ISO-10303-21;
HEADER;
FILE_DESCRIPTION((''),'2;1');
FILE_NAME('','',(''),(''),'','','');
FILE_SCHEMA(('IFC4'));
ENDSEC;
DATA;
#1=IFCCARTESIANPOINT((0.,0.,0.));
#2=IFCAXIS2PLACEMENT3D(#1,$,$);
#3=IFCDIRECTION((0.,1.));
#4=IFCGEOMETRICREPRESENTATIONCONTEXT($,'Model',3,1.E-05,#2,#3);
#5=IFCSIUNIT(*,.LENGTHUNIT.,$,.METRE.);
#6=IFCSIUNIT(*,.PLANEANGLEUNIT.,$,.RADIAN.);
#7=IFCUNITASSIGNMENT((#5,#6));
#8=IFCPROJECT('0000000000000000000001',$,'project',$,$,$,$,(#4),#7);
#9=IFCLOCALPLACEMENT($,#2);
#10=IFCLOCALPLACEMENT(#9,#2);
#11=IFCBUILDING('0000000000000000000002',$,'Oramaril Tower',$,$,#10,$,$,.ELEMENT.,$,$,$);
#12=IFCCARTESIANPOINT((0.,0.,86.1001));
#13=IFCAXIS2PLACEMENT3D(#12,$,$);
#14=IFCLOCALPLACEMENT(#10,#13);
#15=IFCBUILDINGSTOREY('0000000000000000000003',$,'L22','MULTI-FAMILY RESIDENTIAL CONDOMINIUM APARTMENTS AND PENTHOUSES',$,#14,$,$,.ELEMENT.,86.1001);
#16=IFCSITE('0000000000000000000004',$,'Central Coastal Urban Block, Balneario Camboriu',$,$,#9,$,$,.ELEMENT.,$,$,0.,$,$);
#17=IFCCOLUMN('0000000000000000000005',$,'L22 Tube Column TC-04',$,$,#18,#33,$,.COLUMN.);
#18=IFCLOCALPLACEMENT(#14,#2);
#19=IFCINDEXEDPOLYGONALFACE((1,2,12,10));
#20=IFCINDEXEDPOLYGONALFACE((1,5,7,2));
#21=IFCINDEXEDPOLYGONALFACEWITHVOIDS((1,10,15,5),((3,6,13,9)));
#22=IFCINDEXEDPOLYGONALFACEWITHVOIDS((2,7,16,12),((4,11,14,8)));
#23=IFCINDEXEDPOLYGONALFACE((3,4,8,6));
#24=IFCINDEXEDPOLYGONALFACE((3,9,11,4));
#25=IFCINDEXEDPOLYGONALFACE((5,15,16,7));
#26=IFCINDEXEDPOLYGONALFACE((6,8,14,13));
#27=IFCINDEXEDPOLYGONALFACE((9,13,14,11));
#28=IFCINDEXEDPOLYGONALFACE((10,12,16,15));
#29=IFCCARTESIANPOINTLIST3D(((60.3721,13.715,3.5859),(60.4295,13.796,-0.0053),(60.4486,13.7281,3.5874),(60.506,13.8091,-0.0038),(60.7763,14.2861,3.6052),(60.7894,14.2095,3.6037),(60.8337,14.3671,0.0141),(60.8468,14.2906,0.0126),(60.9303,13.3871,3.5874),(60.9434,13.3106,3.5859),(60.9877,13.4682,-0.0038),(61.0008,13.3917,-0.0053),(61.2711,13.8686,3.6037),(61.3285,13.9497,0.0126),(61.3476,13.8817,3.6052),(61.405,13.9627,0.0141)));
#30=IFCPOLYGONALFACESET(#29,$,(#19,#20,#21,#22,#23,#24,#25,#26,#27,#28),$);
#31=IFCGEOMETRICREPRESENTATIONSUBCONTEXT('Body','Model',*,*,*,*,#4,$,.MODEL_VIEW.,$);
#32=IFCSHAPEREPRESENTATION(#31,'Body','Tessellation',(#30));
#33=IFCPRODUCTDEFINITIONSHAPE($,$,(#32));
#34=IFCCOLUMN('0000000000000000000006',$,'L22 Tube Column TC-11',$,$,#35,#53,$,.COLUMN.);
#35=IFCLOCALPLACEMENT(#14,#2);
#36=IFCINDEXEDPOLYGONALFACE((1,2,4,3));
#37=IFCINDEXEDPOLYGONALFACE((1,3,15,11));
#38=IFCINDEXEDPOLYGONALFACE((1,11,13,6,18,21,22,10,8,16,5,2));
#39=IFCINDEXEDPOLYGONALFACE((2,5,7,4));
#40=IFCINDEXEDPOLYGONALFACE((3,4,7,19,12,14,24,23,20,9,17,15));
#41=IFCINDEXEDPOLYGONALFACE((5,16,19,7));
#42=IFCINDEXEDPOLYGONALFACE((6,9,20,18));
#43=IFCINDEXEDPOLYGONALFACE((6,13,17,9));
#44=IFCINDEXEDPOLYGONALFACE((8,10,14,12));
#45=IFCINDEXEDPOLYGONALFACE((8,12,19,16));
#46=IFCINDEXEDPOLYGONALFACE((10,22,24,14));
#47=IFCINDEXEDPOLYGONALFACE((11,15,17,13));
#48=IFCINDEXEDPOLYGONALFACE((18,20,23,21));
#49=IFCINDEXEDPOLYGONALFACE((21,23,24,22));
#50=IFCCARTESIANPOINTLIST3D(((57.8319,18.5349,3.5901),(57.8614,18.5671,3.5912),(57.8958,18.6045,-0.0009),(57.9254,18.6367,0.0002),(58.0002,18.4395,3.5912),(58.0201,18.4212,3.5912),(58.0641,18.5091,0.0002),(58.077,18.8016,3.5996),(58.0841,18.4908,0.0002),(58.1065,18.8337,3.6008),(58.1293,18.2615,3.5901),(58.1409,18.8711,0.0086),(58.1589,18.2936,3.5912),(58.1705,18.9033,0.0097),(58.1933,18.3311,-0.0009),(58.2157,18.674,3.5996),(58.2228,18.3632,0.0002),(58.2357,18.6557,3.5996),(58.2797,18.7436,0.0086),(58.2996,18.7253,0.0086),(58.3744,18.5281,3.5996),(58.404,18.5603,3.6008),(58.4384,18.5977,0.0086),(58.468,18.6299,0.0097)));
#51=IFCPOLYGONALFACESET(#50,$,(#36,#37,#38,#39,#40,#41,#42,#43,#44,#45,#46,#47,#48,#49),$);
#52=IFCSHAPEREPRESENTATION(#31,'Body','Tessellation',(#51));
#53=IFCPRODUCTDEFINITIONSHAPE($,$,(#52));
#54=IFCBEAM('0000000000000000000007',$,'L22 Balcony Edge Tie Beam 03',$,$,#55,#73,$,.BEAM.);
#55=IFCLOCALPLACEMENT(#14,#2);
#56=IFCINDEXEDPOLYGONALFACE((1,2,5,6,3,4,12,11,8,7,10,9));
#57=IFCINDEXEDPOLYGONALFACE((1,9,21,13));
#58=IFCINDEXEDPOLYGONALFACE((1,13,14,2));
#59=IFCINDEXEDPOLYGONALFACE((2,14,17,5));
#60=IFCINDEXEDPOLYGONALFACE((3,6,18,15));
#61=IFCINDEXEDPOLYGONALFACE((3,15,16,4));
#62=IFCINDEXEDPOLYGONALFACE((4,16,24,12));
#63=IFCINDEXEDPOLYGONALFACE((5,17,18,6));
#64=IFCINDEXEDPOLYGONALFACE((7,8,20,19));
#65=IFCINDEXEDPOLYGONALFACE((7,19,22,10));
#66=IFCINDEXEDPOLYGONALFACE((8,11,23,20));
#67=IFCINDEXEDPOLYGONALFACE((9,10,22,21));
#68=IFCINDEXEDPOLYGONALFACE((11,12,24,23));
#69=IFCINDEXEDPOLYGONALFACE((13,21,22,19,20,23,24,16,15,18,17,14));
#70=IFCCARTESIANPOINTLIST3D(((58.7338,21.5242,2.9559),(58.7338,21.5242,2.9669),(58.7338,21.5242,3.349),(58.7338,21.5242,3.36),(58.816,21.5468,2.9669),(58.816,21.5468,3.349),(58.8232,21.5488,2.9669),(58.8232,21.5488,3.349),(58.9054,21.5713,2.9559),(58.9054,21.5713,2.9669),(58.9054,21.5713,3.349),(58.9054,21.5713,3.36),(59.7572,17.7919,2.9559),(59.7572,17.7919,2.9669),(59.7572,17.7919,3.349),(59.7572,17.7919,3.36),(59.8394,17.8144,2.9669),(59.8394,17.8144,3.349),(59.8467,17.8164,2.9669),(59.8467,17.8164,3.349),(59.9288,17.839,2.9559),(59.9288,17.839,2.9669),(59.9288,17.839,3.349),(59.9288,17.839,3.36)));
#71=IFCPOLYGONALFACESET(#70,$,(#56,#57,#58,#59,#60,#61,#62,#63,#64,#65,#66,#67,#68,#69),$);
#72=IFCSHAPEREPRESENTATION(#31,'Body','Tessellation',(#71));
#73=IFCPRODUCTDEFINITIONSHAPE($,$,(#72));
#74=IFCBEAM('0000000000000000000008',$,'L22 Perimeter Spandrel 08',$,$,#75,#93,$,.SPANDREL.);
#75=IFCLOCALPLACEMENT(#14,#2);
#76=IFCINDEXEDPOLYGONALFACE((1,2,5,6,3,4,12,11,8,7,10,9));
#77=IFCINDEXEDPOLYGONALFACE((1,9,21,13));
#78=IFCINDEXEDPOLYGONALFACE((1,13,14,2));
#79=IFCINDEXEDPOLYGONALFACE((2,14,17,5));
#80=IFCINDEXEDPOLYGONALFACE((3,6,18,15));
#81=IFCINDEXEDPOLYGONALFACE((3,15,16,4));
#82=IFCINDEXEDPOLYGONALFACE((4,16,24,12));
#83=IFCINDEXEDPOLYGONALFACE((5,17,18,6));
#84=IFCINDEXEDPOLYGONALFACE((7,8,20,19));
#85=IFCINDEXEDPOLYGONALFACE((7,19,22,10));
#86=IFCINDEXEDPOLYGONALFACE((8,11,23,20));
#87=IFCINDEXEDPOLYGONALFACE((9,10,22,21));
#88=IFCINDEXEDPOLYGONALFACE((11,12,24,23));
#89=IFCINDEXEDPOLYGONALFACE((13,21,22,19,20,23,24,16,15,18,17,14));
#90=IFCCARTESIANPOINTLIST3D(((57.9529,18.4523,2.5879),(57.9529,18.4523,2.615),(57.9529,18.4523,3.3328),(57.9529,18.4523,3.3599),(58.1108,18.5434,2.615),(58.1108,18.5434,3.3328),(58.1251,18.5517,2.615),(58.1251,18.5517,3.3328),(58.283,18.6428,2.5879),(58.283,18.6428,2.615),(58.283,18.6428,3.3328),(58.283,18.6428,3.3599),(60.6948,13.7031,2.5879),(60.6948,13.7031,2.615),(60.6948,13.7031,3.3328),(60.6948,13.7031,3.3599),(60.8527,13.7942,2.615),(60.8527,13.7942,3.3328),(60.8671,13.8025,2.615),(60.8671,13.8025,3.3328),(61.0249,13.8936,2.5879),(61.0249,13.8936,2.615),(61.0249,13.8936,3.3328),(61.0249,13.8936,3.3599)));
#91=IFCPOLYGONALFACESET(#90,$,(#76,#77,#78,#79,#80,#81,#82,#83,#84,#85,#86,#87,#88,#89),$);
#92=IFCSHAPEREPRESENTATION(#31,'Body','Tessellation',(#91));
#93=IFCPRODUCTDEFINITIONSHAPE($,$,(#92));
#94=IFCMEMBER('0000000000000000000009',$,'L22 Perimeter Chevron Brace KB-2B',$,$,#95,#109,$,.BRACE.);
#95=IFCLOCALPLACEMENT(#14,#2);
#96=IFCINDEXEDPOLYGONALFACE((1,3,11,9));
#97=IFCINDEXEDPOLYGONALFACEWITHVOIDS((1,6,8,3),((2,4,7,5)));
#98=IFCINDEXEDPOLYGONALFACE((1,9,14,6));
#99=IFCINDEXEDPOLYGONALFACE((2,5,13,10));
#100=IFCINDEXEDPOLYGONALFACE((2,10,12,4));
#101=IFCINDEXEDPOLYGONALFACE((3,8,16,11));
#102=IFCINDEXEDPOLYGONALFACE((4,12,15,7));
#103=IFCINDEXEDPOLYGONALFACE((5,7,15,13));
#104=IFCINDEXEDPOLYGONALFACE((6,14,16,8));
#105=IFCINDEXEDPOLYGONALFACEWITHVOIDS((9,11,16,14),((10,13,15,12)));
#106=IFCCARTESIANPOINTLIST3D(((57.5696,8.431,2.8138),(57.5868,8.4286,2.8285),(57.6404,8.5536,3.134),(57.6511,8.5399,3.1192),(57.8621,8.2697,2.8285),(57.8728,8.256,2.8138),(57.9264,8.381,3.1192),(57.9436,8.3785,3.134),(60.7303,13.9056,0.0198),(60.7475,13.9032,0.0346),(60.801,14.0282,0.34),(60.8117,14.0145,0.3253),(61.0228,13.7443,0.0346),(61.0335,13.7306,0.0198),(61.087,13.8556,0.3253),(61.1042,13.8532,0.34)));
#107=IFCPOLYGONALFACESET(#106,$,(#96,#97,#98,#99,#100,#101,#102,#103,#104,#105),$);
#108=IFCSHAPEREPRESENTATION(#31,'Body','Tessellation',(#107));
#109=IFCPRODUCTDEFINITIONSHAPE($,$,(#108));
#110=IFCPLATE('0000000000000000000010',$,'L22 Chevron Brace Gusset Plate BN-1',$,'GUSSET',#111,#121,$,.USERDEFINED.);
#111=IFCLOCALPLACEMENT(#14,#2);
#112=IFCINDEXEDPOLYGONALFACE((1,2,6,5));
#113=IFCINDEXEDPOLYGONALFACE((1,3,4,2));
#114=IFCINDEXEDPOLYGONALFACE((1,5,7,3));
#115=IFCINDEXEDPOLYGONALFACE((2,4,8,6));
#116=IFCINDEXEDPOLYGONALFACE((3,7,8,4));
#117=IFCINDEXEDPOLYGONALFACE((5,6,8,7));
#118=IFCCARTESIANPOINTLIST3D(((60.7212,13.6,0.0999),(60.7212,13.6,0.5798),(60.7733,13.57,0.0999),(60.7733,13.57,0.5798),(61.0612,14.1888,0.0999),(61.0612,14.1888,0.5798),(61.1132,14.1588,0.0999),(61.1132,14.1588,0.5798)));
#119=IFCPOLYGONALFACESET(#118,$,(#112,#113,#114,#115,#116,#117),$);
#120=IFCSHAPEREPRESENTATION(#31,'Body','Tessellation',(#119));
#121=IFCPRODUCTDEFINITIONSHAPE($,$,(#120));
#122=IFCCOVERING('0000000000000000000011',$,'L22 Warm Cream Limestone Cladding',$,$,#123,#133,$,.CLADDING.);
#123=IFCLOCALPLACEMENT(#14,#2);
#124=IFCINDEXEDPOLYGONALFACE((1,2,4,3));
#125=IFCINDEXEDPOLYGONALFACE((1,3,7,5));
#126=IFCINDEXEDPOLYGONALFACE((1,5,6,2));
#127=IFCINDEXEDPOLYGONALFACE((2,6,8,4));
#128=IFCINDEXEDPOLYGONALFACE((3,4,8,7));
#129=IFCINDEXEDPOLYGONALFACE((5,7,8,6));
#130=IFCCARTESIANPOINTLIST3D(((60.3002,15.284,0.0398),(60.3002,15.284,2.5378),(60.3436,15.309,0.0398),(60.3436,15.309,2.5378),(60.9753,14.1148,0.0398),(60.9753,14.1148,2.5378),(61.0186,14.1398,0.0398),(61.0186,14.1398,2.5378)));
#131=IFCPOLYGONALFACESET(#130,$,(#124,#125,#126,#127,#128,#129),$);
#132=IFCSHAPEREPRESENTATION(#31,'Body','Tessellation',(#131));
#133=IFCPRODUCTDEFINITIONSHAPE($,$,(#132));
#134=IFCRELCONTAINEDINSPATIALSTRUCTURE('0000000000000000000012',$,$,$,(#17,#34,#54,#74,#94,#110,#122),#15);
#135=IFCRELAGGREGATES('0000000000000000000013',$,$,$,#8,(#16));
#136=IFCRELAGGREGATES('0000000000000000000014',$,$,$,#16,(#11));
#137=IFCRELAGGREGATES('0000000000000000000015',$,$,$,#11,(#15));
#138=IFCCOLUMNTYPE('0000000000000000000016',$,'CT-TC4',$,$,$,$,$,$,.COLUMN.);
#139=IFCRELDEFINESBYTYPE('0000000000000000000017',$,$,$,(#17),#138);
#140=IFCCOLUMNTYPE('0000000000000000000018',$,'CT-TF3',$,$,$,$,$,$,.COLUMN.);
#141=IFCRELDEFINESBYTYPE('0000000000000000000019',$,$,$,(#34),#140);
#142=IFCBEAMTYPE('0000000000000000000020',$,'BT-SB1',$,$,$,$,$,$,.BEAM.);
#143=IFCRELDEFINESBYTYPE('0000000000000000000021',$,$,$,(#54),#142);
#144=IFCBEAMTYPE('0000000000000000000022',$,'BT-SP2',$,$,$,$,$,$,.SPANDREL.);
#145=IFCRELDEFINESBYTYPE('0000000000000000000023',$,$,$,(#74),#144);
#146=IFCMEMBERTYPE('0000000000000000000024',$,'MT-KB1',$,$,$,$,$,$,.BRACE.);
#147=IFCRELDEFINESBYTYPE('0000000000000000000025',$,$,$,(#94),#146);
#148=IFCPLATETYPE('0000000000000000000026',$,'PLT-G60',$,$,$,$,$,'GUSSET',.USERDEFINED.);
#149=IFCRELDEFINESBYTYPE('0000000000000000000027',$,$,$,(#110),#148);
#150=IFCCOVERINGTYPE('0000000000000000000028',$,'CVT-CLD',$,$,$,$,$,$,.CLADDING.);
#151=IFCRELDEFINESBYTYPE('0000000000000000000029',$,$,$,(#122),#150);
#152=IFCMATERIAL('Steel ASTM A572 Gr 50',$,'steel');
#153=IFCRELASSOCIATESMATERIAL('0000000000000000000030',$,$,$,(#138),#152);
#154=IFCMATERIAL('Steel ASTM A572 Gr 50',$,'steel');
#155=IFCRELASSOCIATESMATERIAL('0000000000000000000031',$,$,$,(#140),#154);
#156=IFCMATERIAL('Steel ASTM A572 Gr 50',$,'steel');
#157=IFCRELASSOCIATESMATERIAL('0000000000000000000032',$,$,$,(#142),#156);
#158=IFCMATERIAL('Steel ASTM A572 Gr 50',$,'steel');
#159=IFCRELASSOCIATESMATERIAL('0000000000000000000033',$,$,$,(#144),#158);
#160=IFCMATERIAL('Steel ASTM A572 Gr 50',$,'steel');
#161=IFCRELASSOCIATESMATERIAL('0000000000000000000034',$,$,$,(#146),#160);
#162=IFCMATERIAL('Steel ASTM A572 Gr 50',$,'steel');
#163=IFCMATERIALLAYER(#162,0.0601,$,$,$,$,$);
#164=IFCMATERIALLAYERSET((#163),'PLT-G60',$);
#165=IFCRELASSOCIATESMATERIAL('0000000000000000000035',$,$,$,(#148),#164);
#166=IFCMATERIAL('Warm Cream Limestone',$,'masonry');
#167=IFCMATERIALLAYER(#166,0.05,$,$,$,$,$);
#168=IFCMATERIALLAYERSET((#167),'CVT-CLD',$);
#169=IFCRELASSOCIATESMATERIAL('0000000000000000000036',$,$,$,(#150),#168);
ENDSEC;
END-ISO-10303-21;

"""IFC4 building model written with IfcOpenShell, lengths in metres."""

from ifc_helpers import new_model, si_unit, direction, frame, origin, origin_2d, place, context, subcontext, project, spatial, rectangle, hollow_rectangle, i_section, extrude, material, layer, layer_set, material_profile, profile_set, type_object, element, save


model = new_model("IFC4")

# Units and contexts
model_context = context("Model", 3, precision=1e-05, world=origin(), true_north=direction((0.0, 1.0)))
body_context = subcontext(model_context, "Body", "Model", "MODEL_VIEW")
ifc_project = project(units=[si_unit("LENGTHUNIT", "METRE"), si_unit("PLANEANGLEUNIT", "RADIAN")], contexts=[model_context])

# Site, building, storey
site_placement = place(None, origin())
site = spatial("IfcSite", under=ifc_project, at=site_placement, Name="Central Coastal Urban Block, Balneario Camboriu", CompositionType="ELEMENT", RefElevation=0.0)
building_placement = place(site_placement, origin())
building = spatial("IfcBuilding", under=site, at=building_placement, Name="Oramaril Tower", CompositionType="ELEMENT")
storey_placement = place(building_placement, frame((0.0, 0.0, 86.1001)))
storey = spatial("IfcBuildingStorey", under=building, at=storey_placement, Name="L22", Description="MULTI-FAMILY RESIDENTIAL CONDOMINIUM APARTMENTS AND PENTHOUSES", CompositionType="ELEMENT", Elevation=86.1001)

# Columns
ifc_material_1 = material(Name="Steel ASTM A572 Gr 50", Category="steel")
ifc_material_profile_1 = material_profile(ifc_material_1, hollow_rectangle(XDim=0.7, YDim=0.7, WallThickness=0.0549, at=origin_2d()), Name="BOX700X700X55")
ifc_profile_set_1 = profile_set([ifc_material_profile_1], Name="Steel ASTM A572 Gr 50")
column_type_1 = type_object("IfcColumnType", Name="CT-TC4", PredefinedType="COLUMN", material=ifc_profile_set_1)
column_1_placement = place(storey_placement, frame((60.9172, 13.8794, 0.0044), z_axis=(-0.015971, -0.022563, 0.999618), x_axis=(0.816218, -0.577744, 0.0)))
element("IfcColumn", 1, at=column_1_placement, inside=storey, type_object=column_type_1, Name="L22 Tube Column TC-04", PredefinedType="COLUMN", context=body_context, shape_type="SweptSolid", body=[
    extrude(hollow_rectangle(XDim=0.7, YDim=0.7, WallThickness=0.0549, at=origin_2d()), origin(), (0.0, 0.0, 1.0), 3.5925),
])
ifc_material_2 = material(Name="Steel ASTM A572 Gr 50", Category="steel")
ifc_material_profile_2 = material_profile(ifc_material_2, i_section(OverallWidth=0.4041, OverallDepth=0.406, WebThickness=0.0271, FlangeThickness=0.0437, at=origin_2d()), Name="W14X233")
ifc_profile_set_2 = profile_set([ifc_material_profile_2], Name="Steel ASTM A572 Gr 50")
column_type_2 = type_object("IfcColumnType", Name="CT-TF3", PredefinedType="COLUMN", material=ifc_profile_set_2)
column_2_placement = place(storey_placement, frame((58.1819, 18.6172, 0.0044), z_axis=(-0.017806, -0.019369, 0.999654), x_axis=(0.736188, -0.676777, 0.0)))
element("IfcColumn", 2, at=column_2_placement, inside=storey, type_object=column_type_2, Name="L22 Tube Column TC-11", PredefinedType="COLUMN", context=body_context, shape_type="SweptSolid", body=[
    extrude(i_section(OverallWidth=0.4041, OverallDepth=0.406, WebThickness=0.0271, FlangeThickness=0.0437, at=origin_2d()), origin(), (0.0, 0.0, 1.0), 3.5923),
])

# Beams
ifc_material_3 = material(Name="Steel ASTM A572 Gr 50", Category="steel")
ifc_material_profile_3 = material_profile(ifc_material_3, i_section(OverallWidth=0.178, OverallDepth=0.4041, WebThickness=0.0076, FlangeThickness=0.011, at=origin_2d()), Name="W16X36")
ifc_profile_set_3 = profile_set([ifc_material_profile_3], Name="Steel ASTM A572 Gr 50")
beam_type_1 = type_object("IfcBeamType", Name="BT-SB1", PredefinedType="BEAM", material=ifc_profile_set_3)
beam_1_placement = place(storey_placement, frame((59.843, 17.8154, 3.158), z_axis=(-0.264441, 0.964402, 0.0), x_axis=(-0.964402, -0.264441, 0.0)))
element("IfcBeam", 3, at=beam_1_placement, inside=storey, type_object=beam_type_1, Name="L22 Balcony Edge Tie Beam 03", PredefinedType="BEAM", context=body_context, shape_type="SweptSolid", body=[
    extrude(i_section(OverallWidth=0.178, OverallDepth=0.4041, WebThickness=0.0076, FlangeThickness=0.011, at=origin_2d()), origin(), (0.0, 0.0, 1.0), 3.8701),
])
ifc_material_4 = material(Name="Steel ASTM A572 Gr 50", Category="steel")
ifc_material_profile_4 = material_profile(ifc_material_4, i_section(OverallWidth=0.3811, OverallDepth=0.772, WebThickness=0.0166, FlangeThickness=0.0271, at=origin_2d()), Name="W30X173")
ifc_profile_set_4 = profile_set([ifc_material_profile_4], Name="Steel ASTM A572 Gr 50")
beam_type_2 = type_object("IfcBeamType", Name="BT-SP2", PredefinedType="SPANDREL", material=ifc_profile_set_4)
beam_2_placement = place(storey_placement, frame((60.8599, 13.7983, 2.9739), z_axis=(-0.499993, 0.866029, 0.0), x_axis=(-0.866029, -0.499993, 0.0)))
element("IfcBeam", 4, at=beam_2_placement, inside=storey, type_object=beam_type_2, Name="L22 Perimeter Spandrel 08", PredefinedType="SPANDREL", context=body_context, shape_type="SweptSolid", body=[
    extrude(i_section(OverallWidth=0.3811, OverallDepth=0.772, WebThickness=0.0166, FlangeThickness=0.0271, at=origin_2d()), origin(), (0.0, 0.0, 1.0), 5.4839),
])

# Member
ifc_material_5 = material(Name="Steel ASTM A572 Gr 50", Category="steel")
ifc_material_profile_5 = material_profile(ifc_material_5, hollow_rectangle(XDim=0.3501, YDim=0.3501, WallThickness=0.0161, at=origin_2d()), Name="HSS350X350X16")
ifc_profile_set_5 = profile_set([ifc_material_profile_5], Name="Steel ASTM A572 Gr 50")
member_type = type_object("IfcMemberType", Name="MT-KB1", PredefinedType="BRACE", material=ifc_profile_set_5)
member_placement = place(storey_placement, frame((60.9172, 13.8794, 0.1799), z_axis=(-0.45731, -0.792115, 0.404253), x_axis=(0.866034, -0.499985, 0.0)))
element("IfcMember", 5, at=member_placement, inside=storey, type_object=member_type, Name="L22 Perimeter Chevron Brace KB-2B", PredefinedType="BRACE", context=body_context, shape_type="SweptSolid", body=[
    extrude(hollow_rectangle(XDim=0.3501, YDim=0.3501, WallThickness=0.0161, at=origin_2d()), origin(), (0.0, 0.0, 1.0), 6.9114),
])

# Plate
ifc_material_6 = material(Name="Steel ASTM A572 Gr 50", Category="steel")
ifc_layer_1 = layer(ifc_material_6, 0.0601)
ifc_layer_set_1 = layer_set([ifc_layer_1], Name="PLT-G60")
plate_type = type_object("IfcPlateType", Name="PLT-G60", ElementType="GUSSET", PredefinedType="USERDEFINED", material=ifc_layer_set_1)
plate_placement = place(storey_placement, frame((60.9172, 13.8794, 0.0999), z_axis=(0.0, 0.0, 1.0), x_axis=(0.499997, 0.866027, 0.0)))
element("IfcPlate", 6, at=plate_placement, inside=storey, type_object=plate_type, Name="L22 Chevron Brace Gusset Plate BN-1", ObjectType="GUSSET", PredefinedType="USERDEFINED", context=body_context, shape_type="SweptSolid", body=[
    extrude(rectangle(XDim=0.6799, YDim=0.0601, at=origin_2d()), origin(), (0.0, 0.0, 1.0), 0.48),
])

# Covering
ifc_material_7 = material(Name="Warm Cream Limestone", Category="masonry")
ifc_layer_2 = layer(ifc_material_7, 0.05)
ifc_layer_set_2 = layer_set([ifc_layer_2], Name="CVT-CLD")
covering_type = type_object("IfcCoveringType", Name="CVT-CLD", PredefinedType="CLADDING", material=ifc_layer_set_2)
covering_placement = place(storey_placement, frame((60.6594, 14.7119, 0.0398), z_axis=(0.0, 0.0, 1.0), x_axis=(-0.5, 0.866025, 0.0)))
element("IfcCovering", 7, at=covering_placement, inside=storey, type_object=covering_type, Name="L22 Warm Cream Limestone Cladding", PredefinedType="CLADDING", context=body_context, shape_type="SweptSolid", body=[
    extrude(rectangle(XDim=1.3501, YDim=0.05, at=origin_2d()), origin(), (0.0, 0.0, 1.0), 2.498),
])

save(model, "model.ifc")
